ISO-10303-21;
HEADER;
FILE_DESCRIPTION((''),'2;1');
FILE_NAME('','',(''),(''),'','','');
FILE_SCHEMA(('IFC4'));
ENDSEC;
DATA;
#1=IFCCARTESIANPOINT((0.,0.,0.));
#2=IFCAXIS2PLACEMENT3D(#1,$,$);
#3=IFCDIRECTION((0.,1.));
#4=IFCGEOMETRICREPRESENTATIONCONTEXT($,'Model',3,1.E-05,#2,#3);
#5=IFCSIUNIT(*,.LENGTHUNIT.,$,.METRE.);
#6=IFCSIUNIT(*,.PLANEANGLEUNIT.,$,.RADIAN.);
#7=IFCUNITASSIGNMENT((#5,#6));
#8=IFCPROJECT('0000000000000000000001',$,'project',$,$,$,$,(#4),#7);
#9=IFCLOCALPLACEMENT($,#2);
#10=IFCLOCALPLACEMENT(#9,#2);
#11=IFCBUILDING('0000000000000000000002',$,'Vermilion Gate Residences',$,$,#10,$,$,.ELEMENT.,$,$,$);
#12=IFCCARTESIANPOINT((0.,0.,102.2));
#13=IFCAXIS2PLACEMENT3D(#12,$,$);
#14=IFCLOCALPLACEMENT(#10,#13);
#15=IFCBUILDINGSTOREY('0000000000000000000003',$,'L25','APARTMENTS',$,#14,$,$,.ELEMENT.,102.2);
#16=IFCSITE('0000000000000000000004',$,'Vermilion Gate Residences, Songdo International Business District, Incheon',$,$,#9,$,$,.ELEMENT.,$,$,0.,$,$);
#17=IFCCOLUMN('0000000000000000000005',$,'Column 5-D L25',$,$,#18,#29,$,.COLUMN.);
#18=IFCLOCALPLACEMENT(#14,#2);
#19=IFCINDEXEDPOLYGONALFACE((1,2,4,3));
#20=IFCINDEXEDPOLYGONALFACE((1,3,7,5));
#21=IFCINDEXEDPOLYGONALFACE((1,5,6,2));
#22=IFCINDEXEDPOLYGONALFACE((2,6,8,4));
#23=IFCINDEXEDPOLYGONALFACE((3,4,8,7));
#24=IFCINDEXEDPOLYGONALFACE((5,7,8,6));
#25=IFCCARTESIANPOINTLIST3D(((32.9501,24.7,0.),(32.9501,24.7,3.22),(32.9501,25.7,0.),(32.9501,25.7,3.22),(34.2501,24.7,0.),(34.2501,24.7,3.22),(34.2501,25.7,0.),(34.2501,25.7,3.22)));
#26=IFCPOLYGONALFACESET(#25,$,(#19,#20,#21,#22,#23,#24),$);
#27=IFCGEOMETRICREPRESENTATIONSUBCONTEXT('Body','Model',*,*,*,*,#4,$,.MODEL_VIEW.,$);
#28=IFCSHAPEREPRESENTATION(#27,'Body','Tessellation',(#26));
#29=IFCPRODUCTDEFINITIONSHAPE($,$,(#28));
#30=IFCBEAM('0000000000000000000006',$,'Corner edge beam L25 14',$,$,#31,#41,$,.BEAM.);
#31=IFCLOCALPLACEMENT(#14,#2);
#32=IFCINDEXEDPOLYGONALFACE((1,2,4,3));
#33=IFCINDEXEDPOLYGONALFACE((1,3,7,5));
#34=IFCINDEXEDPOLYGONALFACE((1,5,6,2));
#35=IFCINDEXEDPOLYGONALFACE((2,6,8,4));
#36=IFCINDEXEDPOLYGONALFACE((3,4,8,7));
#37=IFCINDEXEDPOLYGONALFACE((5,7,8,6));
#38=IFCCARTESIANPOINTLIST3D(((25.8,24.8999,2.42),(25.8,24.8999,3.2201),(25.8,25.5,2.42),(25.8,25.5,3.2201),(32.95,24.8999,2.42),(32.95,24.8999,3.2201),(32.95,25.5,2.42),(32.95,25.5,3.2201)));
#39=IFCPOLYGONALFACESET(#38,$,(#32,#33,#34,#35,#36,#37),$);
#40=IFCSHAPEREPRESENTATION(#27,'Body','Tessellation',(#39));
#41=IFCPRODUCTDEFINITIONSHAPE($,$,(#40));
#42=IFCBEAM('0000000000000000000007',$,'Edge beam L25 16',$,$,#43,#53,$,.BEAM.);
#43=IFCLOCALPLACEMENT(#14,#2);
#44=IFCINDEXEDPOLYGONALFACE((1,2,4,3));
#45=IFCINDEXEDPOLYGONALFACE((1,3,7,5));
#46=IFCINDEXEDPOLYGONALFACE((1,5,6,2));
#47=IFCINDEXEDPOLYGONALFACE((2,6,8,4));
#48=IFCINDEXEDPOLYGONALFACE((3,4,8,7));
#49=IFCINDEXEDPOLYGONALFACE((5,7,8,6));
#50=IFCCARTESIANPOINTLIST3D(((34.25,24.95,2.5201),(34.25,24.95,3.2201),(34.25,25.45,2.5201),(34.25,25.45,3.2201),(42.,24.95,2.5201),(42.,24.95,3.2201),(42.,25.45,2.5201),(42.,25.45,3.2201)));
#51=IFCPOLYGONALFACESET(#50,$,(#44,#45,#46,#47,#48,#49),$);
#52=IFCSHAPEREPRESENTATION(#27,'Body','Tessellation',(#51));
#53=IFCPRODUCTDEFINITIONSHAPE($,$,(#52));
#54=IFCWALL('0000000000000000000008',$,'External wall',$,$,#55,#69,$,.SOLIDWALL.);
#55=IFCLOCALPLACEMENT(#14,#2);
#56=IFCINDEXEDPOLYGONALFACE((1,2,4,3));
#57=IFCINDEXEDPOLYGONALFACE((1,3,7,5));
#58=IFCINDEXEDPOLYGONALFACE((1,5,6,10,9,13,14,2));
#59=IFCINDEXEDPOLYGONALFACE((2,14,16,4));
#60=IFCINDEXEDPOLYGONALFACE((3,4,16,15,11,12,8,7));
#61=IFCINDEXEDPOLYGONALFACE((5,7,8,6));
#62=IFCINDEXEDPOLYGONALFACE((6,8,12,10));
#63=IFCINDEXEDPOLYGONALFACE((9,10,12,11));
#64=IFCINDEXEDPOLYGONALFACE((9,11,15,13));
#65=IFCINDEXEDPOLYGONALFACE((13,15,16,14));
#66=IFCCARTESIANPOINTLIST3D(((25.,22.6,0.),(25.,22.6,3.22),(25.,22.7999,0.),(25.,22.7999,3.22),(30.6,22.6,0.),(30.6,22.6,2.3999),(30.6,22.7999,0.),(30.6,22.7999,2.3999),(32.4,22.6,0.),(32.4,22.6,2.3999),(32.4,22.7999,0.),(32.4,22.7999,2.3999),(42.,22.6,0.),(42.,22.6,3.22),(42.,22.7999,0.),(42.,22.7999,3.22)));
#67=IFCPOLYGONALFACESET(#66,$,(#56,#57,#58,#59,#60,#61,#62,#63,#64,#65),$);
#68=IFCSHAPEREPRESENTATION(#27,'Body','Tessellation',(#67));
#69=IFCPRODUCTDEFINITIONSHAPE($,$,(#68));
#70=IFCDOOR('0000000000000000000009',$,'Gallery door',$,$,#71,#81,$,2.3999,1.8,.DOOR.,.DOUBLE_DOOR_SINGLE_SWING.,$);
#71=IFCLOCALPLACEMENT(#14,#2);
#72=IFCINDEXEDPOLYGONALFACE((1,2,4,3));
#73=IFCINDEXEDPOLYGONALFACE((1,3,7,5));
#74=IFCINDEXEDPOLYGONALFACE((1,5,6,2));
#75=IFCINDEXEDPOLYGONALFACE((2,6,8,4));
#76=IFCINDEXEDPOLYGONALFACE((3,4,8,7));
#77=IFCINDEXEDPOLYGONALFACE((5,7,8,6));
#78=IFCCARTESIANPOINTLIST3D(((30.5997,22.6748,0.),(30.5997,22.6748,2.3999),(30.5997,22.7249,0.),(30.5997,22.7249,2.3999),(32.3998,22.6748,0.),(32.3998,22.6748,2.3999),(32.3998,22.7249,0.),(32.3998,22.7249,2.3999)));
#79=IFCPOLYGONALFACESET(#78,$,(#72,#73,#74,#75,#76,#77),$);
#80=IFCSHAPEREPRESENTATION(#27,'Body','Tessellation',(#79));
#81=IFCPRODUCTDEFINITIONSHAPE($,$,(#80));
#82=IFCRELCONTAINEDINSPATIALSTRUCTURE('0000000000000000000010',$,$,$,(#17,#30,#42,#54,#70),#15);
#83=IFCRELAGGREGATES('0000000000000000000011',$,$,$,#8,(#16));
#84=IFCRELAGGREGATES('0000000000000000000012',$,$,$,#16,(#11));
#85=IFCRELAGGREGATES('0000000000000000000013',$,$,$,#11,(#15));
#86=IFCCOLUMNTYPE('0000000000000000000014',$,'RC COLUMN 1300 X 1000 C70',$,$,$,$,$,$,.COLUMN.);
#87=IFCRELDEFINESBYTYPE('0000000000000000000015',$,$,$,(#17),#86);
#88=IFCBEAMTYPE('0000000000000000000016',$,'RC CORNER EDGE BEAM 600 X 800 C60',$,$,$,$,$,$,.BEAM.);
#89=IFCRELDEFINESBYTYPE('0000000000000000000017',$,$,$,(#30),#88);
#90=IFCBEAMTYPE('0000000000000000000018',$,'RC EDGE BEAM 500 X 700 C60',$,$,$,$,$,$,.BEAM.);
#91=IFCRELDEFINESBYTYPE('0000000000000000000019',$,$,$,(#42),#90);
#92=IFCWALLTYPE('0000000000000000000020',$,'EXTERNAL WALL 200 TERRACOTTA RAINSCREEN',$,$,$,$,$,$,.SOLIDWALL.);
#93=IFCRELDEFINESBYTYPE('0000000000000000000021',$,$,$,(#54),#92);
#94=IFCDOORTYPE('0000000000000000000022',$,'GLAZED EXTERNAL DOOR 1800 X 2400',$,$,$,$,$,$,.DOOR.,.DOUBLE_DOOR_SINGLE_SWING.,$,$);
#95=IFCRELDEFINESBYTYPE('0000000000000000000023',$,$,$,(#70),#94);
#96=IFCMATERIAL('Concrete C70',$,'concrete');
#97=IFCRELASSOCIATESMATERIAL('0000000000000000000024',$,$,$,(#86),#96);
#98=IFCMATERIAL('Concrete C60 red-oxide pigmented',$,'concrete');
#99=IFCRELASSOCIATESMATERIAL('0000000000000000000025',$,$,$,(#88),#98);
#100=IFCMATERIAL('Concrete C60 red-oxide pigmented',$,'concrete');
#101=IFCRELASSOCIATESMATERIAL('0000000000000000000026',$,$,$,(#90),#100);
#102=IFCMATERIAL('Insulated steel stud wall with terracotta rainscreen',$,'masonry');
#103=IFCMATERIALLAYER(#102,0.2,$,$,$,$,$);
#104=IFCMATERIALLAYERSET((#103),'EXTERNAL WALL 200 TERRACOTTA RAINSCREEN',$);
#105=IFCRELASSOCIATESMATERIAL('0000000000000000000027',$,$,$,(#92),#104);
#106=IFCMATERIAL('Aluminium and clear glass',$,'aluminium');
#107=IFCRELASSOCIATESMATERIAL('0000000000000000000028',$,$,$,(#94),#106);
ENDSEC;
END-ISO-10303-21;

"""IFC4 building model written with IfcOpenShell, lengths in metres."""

from ifc_helpers import new_model, si_unit, direction, frame, frame_2d, origin, origin_2d, place, context, subcontext, project, spatial, rectangle, extrude, material, layer, layer_set, material_profile, profile_set, type_object, element, fill, save


model = new_model("IFC4")

# Units and contexts
model_context = context("Model", 3, precision=1e-05, world=origin(), true_north=direction((0.0, 1.0)))
body_context = subcontext(model_context, "Body", "Model", "MODEL_VIEW")
ifc_project = project(units=[si_unit("LENGTHUNIT", "METRE"), si_unit("PLANEANGLEUNIT", "RADIAN")], contexts=[model_context])

# Site, building, storey
site_placement = place(None, origin())
site = spatial("IfcSite", under=ifc_project, at=site_placement, Name="Vermilion Gate Residences, Songdo International Business District, Incheon", CompositionType="ELEMENT", RefElevation=0.0)
building_placement = place(site_placement, origin())
building = spatial("IfcBuilding", under=site, at=building_placement, Name="Vermilion Gate Residences", CompositionType="ELEMENT")
storey_placement = place(building_placement, frame((0.0, 0.0, 102.2)))
storey = spatial("IfcBuildingStorey", under=building, at=storey_placement, Name="L25", Description="APARTMENTS", CompositionType="ELEMENT", Elevation=102.2)

# Column
ifc_material_1 = material(Name="Concrete C70", Category="concrete")
ifc_material_profile_1 = material_profile(ifc_material_1, rectangle(XDim=1.3, YDim=1.0, at=origin_2d()), Name="RC-1300x1000")
ifc_profile_set_1 = profile_set([ifc_material_profile_1], Name="Concrete C70")
column_type = type_object("IfcColumnType", Name="RC COLUMN 1300 X 1000 C70", PredefinedType="COLUMN", material=ifc_profile_set_1)
column_placement = place(storey_placement, frame((33.6001, 25.2, 0.0), z_axis=(0.0, 0.0, 1.0), x_axis=(1.0, 0.0, 0.0)))
element("IfcColumn", 1, at=column_placement, inside=storey, type_object=column_type, Name="Column 5-D L25", PredefinedType="COLUMN", context=body_context, shape_type="SweptSolid", body=[
    extrude(rectangle(XDim=1.3, YDim=1.0, at=origin_2d()), origin(), (0.0, 0.0, 1.0), 3.22),
])

# Beams
ifc_material_2 = material(Name="Concrete C60 red-oxide pigmented", Category="concrete")
ifc_material_profile_2 = material_profile(ifc_material_2, rectangle(XDim=0.6001, YDim=0.8, at=origin_2d()), Name="RC-600x800")
ifc_profile_set_2 = profile_set([ifc_material_profile_2], Name="Concrete C60 red-oxide pigmented")
beam_type_1 = type_object("IfcBeamType", Name="RC CORNER EDGE BEAM 600 X 800 C60", PredefinedType="BEAM", material=ifc_profile_set_2)
beam_1_placement = place(storey_placement, frame((25.8, 25.2, 2.8201), z_axis=(1.0, 0.0, 0.0), x_axis=(0.0, 1.0, 0.0)))
element("IfcBeam", 2, at=beam_1_placement, inside=storey, type_object=beam_type_1, Name="Corner edge beam L25 14", PredefinedType="BEAM", context=body_context, shape_type="SweptSolid", body=[
    extrude(rectangle(XDim=0.6001, YDim=0.8, at=origin_2d()), origin(), (0.0, 0.0, 1.0), 7.1499),
])
ifc_material_3 = material(Name="Concrete C60 red-oxide pigmented", Category="concrete")
ifc_material_profile_3 = material_profile(ifc_material_3, rectangle(XDim=0.5, YDim=0.7, at=origin_2d()), Name="RC-500x700")
ifc_profile_set_3 = profile_set([ifc_material_profile_3], Name="Concrete C60 red-oxide pigmented")
beam_type_2 = type_object("IfcBeamType", Name="RC EDGE BEAM 500 X 700 C60", PredefinedType="BEAM", material=ifc_profile_set_3)
beam_2_placement = place(storey_placement, frame((34.25, 25.2, 2.8701), z_axis=(1.0, 0.0, 0.0), x_axis=(0.0, 1.0, 0.0)))
element("IfcBeam", 3, at=beam_2_placement, inside=storey, type_object=beam_type_2, Name="Edge beam L25 16", PredefinedType="BEAM", context=body_context, shape_type="SweptSolid", body=[
    extrude(rectangle(XDim=0.5, YDim=0.7, at=origin_2d()), origin(), (0.0, 0.0, 1.0), 7.75),
])

# Wall, opening, door
ifc_material_4 = material(Name="Insulated steel stud wall with terracotta rainscreen", Category="masonry")
ifc_layer_1 = layer(ifc_material_4, 0.2)
ifc_layer_set_1 = layer_set([ifc_layer_1], Name="EXTERNAL WALL 200 TERRACOTTA RAINSCREEN")
wall_type_1 = type_object("IfcWallType", Name="EXTERNAL WALL 200 TERRACOTTA RAINSCREEN", PredefinedType="SOLIDWALL", material=ifc_layer_set_1)
wall_1_placement = place(storey_placement, frame((42.0, 22.7, 0.0), z_axis=(0.0, 0.0, 1.0), x_axis=(-1.0, 0.0, 0.0)))
wall_1 = element("IfcWall", 4, at=wall_1_placement, inside=storey, type_object=wall_type_1, Name="External wall", PredefinedType="SOLIDWALL", context=body_context, shape_type="SweptSolid", body=[
    extrude(rectangle(XDim=17.0, YDim=0.2, at=frame_2d((8.5, 0.0))), origin(), (0.0, 0.0, 1.0), 3.22),
])
opening_1_placement = place(wall_1_placement, frame((9.6001, 0.0, 0.0)))
opening_1 = element("IfcOpeningElement", 5, at=opening_1_placement, cuts=wall_1, PredefinedType="OPENING", context=body_context, shape_type="SweptSolid", body=[
    extrude(rectangle(XDim=1.8, YDim=2.3999, at=frame_2d((0.8999, 1.2))), frame((0.0, 0.1099, 0.0), z_axis=(0.0, -1.0, 0.0), x_axis=(1.0, 0.0, 0.0)), (0.0, 0.0, 1.0), 0.22),
])
ifc_material_5 = material(Name="Aluminium and clear glass", Category="aluminium")
door_type = type_object("IfcDoorType", Name="GLAZED EXTERNAL DOOR 1800 X 2400", OperationType="DOUBLE_DOOR_SINGLE_SWING", PredefinedType="DOOR", material=ifc_material_5)
door_placement = place(opening_1_placement, frame((1.8, 0.0, 0.0), z_axis=(0.0, 0.0, 1.0), x_axis=(-1.0, 0.0, 0.0)))
door = element("IfcDoor", 6, at=door_placement, inside=storey, type_object=door_type, Name="Gallery door", OperationType="DOUBLE_DOOR_SINGLE_SWING", OverallHeight=2.3999, OverallWidth=1.8, PredefinedType="DOOR", context=body_context, shape_type="SweptSolid", body=[
    extrude(rectangle(XDim=1.8, YDim=2.3999, at=frame_2d((0.8999, 1.2))), frame((0.0, 0.0249, 0.0), z_axis=(0.0, -1.0, 0.0), x_axis=(1.0, 0.0, 0.0)), (0.0, 0.0, 1.0), 0.05),
])
fill(opening_1, door)

save(model, "model.ifc")
